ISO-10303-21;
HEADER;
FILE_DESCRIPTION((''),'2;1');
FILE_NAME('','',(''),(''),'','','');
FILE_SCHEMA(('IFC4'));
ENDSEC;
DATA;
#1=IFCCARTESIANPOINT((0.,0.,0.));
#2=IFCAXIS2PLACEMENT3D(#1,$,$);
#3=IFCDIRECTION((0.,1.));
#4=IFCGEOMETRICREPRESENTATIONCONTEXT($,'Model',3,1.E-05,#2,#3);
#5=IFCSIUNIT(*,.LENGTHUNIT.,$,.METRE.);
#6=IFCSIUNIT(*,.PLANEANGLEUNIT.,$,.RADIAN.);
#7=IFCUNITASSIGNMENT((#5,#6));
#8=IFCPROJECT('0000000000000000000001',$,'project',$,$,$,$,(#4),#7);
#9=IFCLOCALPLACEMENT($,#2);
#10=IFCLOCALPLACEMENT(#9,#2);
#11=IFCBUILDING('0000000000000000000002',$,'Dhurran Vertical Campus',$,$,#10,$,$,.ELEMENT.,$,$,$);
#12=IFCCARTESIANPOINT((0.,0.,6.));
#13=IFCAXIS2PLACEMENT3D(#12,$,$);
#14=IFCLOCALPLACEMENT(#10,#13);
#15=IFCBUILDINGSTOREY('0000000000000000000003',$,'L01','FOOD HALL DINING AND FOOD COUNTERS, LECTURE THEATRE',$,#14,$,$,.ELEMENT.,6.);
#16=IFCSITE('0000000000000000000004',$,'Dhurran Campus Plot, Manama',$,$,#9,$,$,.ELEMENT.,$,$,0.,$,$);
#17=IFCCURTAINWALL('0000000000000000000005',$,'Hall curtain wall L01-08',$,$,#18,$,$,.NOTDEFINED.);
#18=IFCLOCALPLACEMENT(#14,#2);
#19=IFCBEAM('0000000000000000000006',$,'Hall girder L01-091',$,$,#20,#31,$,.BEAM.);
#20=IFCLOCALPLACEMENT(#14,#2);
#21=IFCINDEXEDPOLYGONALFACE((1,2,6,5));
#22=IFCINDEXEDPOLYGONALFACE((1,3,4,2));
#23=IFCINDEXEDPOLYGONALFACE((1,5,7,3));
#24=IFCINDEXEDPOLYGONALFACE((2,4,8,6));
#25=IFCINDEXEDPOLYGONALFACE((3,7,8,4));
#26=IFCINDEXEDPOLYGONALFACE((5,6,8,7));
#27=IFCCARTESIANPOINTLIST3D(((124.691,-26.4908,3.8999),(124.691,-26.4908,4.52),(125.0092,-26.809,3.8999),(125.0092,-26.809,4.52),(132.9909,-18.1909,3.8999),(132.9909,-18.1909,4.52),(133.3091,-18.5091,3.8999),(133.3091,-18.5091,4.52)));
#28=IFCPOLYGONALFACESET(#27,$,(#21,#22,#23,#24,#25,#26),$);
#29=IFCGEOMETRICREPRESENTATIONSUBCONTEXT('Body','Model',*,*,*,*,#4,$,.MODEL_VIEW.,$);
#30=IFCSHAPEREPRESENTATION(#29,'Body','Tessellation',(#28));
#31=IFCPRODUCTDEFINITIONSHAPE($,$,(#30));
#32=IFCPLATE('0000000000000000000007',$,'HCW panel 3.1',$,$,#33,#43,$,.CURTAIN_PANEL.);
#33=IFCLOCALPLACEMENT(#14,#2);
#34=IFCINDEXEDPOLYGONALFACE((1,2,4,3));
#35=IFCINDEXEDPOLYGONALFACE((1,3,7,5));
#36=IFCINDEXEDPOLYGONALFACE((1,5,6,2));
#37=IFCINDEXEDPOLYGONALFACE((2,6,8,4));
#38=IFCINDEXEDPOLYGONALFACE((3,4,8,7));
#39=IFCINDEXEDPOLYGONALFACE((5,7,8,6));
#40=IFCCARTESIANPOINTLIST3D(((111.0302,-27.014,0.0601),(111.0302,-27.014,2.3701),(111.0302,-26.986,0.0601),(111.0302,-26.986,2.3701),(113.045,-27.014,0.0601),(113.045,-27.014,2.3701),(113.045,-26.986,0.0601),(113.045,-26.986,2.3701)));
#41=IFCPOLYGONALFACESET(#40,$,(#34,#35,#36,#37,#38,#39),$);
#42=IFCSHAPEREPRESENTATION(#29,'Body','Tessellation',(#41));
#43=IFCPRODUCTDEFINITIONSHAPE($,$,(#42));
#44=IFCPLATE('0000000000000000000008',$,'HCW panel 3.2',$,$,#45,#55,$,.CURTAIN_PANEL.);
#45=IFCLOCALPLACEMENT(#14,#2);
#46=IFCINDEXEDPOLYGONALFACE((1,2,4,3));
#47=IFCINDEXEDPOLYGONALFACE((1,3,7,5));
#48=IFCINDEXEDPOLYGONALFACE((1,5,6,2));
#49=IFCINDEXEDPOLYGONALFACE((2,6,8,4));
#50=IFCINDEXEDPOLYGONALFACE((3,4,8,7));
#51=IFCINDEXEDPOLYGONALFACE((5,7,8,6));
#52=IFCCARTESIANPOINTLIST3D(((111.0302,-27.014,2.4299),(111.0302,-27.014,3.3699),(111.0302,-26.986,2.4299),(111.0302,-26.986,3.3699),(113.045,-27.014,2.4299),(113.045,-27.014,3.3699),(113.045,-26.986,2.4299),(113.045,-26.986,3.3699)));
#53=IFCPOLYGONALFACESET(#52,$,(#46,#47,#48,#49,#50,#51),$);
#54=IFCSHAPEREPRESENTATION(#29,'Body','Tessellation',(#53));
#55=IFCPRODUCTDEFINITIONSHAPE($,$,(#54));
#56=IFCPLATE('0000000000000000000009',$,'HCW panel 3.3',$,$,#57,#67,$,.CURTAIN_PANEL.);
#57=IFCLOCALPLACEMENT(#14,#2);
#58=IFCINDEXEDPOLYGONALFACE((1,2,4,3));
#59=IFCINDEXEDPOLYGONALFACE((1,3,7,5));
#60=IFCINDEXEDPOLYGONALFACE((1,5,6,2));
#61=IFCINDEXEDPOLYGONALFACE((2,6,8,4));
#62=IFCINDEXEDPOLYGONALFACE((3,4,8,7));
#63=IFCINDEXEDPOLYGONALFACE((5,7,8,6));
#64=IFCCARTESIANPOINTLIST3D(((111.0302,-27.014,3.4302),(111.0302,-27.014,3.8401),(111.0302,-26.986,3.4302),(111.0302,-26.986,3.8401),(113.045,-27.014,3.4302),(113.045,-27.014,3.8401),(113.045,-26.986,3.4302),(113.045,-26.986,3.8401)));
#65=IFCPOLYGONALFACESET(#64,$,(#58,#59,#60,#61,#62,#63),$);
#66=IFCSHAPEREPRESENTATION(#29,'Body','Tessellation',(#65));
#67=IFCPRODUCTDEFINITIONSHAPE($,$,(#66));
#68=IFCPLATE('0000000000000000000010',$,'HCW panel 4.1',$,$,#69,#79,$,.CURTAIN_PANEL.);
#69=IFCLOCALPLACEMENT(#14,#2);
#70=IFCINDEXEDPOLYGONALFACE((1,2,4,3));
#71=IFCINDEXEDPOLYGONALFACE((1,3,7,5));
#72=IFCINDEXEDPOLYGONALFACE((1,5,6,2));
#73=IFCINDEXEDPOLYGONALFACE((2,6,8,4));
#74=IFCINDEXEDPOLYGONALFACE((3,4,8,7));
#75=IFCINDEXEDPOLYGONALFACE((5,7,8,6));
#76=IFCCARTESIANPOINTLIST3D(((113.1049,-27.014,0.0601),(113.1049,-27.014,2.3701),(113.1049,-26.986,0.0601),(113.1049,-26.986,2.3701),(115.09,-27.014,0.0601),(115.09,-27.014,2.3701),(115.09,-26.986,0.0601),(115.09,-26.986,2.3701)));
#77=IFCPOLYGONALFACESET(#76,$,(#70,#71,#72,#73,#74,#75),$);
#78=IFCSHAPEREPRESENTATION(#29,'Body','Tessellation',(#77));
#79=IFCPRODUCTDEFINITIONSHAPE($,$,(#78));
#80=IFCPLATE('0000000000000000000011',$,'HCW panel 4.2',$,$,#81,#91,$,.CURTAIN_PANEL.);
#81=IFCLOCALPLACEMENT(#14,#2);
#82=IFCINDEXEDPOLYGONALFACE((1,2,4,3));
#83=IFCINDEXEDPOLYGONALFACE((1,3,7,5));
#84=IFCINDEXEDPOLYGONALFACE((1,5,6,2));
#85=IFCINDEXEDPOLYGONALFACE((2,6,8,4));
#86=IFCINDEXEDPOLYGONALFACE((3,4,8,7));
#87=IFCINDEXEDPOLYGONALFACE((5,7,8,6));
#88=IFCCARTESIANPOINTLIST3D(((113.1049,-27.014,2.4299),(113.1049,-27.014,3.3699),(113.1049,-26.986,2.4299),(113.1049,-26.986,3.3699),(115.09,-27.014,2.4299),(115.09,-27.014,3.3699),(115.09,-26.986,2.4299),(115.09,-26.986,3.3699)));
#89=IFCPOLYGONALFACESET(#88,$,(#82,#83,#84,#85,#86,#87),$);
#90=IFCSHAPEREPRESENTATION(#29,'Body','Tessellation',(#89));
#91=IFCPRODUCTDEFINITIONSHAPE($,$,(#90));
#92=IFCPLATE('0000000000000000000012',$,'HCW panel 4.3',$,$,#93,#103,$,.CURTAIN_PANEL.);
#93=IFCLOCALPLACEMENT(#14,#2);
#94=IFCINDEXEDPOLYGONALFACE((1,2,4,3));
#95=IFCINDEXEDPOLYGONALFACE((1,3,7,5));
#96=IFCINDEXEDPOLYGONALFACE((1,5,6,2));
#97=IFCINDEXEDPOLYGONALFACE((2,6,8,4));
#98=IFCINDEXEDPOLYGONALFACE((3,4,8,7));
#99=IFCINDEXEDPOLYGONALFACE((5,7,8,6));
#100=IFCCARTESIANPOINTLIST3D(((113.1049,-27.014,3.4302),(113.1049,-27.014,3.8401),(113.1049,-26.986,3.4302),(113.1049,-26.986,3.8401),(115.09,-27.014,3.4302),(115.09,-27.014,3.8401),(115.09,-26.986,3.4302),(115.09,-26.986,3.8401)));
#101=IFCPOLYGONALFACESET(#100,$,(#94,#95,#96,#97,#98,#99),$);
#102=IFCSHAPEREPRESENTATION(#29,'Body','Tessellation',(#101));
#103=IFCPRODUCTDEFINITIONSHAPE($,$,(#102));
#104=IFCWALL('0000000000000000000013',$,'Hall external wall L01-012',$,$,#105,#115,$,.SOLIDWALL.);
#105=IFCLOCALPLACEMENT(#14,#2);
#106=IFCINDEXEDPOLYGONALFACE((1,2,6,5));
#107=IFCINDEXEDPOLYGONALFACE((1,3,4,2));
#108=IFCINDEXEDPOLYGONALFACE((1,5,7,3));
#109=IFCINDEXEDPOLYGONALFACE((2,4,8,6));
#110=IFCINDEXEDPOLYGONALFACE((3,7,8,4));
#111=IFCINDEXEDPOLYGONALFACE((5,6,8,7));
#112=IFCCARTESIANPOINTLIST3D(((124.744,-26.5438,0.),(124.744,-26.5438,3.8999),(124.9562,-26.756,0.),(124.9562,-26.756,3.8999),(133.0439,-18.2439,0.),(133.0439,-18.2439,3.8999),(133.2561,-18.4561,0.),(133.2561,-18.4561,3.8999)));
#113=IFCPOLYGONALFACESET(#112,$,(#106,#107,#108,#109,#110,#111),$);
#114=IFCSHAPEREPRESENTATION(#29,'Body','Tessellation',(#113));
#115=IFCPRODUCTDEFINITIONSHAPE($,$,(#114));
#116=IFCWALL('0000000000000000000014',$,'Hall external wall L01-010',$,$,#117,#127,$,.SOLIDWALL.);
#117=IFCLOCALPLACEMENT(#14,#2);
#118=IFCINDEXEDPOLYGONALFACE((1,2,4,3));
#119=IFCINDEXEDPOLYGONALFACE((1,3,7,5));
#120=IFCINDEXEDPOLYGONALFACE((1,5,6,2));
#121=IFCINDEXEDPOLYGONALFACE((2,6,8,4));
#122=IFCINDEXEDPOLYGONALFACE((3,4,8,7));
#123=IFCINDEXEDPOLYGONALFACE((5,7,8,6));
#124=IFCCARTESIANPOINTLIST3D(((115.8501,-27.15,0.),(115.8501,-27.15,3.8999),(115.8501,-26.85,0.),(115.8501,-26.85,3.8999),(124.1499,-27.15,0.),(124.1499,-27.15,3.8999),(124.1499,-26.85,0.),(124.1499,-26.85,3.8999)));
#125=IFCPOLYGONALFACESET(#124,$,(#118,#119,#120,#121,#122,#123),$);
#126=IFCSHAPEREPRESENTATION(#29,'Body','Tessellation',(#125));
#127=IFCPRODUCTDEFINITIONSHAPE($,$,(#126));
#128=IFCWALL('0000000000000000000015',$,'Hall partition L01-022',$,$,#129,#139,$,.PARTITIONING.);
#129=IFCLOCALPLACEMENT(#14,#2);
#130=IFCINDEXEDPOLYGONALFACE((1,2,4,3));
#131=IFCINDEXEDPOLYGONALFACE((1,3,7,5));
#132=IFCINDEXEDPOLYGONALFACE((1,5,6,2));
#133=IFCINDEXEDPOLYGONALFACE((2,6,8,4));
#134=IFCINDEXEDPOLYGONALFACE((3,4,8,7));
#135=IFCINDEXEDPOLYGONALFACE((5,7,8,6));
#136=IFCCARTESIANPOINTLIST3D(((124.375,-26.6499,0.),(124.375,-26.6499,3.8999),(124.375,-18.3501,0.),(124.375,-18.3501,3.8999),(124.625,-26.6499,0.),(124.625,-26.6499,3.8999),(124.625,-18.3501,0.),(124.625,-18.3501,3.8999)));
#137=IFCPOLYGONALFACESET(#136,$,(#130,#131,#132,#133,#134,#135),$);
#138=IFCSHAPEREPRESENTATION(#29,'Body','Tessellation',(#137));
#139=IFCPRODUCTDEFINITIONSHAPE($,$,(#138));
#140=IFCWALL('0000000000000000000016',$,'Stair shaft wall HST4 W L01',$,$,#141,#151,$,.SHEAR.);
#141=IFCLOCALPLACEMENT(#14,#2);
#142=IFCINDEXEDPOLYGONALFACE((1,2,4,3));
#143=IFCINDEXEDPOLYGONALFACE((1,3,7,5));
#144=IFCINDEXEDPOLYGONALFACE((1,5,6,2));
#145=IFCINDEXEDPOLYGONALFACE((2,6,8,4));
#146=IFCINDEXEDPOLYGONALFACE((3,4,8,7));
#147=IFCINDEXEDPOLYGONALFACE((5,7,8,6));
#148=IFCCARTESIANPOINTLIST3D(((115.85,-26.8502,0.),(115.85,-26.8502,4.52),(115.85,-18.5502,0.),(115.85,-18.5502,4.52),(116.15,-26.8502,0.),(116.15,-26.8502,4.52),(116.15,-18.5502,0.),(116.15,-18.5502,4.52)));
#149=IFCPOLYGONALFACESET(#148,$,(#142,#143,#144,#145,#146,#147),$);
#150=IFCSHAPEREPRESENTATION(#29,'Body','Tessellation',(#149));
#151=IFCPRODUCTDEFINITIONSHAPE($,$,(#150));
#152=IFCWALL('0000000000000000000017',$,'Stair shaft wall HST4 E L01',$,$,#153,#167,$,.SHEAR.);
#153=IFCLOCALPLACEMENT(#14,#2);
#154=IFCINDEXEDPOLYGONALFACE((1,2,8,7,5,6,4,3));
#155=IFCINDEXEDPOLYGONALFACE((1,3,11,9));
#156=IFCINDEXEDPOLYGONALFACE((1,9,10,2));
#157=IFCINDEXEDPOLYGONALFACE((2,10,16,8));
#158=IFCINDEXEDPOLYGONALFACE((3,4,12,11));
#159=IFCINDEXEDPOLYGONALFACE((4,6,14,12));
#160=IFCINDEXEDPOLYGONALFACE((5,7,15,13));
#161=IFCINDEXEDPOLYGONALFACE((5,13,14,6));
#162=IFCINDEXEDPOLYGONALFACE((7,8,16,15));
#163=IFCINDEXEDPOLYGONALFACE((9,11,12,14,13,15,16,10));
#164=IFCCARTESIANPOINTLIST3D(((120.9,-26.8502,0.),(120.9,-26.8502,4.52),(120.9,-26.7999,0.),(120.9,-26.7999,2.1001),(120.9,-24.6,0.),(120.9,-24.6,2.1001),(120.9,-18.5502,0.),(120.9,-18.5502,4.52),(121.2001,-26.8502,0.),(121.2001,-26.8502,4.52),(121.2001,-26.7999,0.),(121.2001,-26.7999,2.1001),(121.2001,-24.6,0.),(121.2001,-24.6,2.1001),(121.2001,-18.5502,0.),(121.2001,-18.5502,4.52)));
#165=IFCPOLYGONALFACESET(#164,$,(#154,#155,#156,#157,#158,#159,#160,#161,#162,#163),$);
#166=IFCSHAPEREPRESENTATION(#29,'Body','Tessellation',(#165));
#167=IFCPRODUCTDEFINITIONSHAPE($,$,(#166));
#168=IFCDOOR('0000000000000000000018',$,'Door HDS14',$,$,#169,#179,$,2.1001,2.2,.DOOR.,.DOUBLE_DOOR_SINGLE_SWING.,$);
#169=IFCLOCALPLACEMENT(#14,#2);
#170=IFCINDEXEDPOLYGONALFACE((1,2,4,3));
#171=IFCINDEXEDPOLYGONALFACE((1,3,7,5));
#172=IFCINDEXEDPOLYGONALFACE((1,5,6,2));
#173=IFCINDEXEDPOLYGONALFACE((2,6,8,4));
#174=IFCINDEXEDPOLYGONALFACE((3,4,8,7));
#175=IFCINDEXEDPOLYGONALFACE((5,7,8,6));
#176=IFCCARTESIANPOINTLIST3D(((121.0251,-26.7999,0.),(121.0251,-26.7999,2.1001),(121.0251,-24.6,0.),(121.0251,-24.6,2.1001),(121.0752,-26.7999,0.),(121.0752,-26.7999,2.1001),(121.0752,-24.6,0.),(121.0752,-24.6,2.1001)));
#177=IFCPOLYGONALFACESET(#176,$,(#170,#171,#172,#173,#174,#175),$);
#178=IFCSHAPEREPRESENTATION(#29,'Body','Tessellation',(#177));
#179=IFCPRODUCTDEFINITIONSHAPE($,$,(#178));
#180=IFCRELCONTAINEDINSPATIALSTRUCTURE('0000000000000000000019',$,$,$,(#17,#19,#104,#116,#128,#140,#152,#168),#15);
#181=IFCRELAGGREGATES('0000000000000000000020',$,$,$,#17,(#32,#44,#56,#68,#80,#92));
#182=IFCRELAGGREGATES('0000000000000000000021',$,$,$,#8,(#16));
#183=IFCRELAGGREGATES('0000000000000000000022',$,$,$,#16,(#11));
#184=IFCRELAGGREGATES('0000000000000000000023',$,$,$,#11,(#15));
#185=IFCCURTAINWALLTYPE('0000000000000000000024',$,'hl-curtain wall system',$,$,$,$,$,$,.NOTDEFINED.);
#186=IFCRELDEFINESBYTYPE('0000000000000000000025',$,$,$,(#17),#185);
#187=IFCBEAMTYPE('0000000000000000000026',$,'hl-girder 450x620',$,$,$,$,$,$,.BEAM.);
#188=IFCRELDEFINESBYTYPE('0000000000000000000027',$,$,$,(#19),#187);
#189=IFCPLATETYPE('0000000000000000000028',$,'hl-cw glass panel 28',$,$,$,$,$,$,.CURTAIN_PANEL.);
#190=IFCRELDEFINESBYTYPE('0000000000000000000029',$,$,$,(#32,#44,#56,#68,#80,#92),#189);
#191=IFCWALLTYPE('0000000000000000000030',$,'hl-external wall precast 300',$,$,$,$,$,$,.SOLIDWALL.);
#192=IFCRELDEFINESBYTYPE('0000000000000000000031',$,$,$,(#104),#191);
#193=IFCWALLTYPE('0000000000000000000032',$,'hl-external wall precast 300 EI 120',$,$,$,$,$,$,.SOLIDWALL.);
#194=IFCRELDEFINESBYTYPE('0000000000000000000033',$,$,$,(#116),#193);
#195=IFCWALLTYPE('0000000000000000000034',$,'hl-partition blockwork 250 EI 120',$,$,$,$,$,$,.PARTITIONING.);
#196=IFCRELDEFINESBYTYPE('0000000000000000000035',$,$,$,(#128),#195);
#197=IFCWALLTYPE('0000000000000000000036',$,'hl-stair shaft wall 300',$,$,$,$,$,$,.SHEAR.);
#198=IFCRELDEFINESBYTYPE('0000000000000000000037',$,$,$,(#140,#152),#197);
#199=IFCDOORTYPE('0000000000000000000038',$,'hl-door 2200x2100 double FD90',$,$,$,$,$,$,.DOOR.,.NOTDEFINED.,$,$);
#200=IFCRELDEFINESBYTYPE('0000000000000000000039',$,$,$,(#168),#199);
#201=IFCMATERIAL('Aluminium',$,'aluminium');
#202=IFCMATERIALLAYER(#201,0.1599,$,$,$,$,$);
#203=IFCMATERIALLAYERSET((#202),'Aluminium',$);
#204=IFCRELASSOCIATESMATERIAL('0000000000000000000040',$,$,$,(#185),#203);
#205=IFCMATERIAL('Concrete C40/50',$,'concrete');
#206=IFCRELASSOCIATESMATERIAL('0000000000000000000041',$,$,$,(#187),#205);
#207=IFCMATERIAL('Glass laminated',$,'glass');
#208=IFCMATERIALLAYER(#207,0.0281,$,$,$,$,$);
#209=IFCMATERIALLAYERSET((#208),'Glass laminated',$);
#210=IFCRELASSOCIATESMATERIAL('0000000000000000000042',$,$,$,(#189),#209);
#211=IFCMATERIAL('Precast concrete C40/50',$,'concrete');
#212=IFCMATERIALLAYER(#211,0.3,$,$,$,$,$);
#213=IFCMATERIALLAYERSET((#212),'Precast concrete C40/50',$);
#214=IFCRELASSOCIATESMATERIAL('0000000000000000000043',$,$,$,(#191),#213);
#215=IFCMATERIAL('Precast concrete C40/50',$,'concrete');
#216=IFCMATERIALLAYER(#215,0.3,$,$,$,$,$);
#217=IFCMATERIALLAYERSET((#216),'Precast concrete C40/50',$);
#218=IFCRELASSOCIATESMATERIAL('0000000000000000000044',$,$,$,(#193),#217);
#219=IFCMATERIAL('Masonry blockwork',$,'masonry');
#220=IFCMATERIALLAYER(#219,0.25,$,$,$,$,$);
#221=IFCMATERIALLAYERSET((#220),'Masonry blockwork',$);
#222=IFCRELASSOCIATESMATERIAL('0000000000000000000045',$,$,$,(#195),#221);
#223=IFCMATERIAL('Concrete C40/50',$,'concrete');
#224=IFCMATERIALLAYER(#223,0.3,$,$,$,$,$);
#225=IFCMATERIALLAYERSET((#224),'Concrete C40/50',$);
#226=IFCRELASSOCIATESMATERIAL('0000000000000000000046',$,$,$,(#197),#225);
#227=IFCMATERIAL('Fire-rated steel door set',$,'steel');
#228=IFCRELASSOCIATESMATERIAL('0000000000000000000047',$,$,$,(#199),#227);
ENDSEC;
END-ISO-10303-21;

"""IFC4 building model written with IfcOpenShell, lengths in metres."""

from ifc_helpers import new_model, si_unit, direction, frame, frame_2d, origin, origin_2d, place, context, subcontext, project, spatial, rectangle, extrude, material, layer, layer_set, material_profile, profile_set, type_object, element, fill, aggregate, save


model = new_model("IFC4")

# Units and contexts
model_context = context("Model", 3, precision=1e-05, world=origin(), true_north=direction((0.0, 1.0)))
body_context = subcontext(model_context, "Body", "Model", "MODEL_VIEW")
ifc_project = project(units=[si_unit("LENGTHUNIT", "METRE"), si_unit("PLANEANGLEUNIT", "RADIAN")], contexts=[model_context])

# Site, building, storey
site_placement = place(None, origin())
site = spatial("IfcSite", under=ifc_project, at=site_placement, Name="Dhurran Campus Plot, Manama", CompositionType="ELEMENT", RefElevation=0.0)
building_placement = place(site_placement, origin())
building = spatial("IfcBuilding", under=site, at=building_placement, Name="Dhurran Vertical Campus", CompositionType="ELEMENT")
storey_placement = place(building_placement, frame((0.0, 0.0, 6.0)))
storey = spatial("IfcBuildingStorey", under=building, at=storey_placement, Name="L01", Description="FOOD HALL DINING AND FOOD COUNTERS, LECTURE THEATRE", CompositionType="ELEMENT", Elevation=6.0)

# Curtain wall
ifc_material_1 = material(Name="Aluminium", Category="aluminium")
ifc_layer_1 = layer(ifc_material_1, 0.1599)
ifc_layer_set_1 = layer_set([ifc_layer_1], Name="Aluminium")
curtain_wall_type = type_object("IfcCurtainWallType", Name="hl-curtain wall system", PredefinedType="NOTDEFINED", material=ifc_layer_set_1)
curtain_wall_placement = place(storey_placement, origin())
curtain_wall = element("IfcCurtainWall", 1, at=curtain_wall_placement, inside=storey, type_object=curtain_wall_type, Name="Hall curtain wall L01-08", PredefinedType="NOTDEFINED")

# Beam
ifc_material_2 = material(Name="Concrete C40/50", Category="concrete")
ifc_material_profile_1 = material_profile(ifc_material_2, rectangle(XDim=0.45, YDim=0.6201, at=origin_2d()), Name="hl-girder 450x620")
ifc_profile_set_1 = profile_set([ifc_material_profile_1], Name="Concrete C40/50")
beam_type = type_object("IfcBeamType", Name="hl-girder 450x620", PredefinedType="BEAM", material=ifc_profile_set_1)
beam_placement = place(storey_placement, frame((124.8501, -26.6499, 4.21), z_axis=(0.707107, 0.707107, 0.0), x_axis=(-0.707107, 0.707107, 0.0)))
element("IfcBeam", 2, at=beam_placement, inside=storey, type_object=beam_type, Name="Hall girder L01-091", PredefinedType="BEAM", context=body_context, shape_type="SweptSolid", body=[
    extrude(rectangle(XDim=0.45, YDim=0.6201, at=origin_2d()), origin(), (0.0, 0.0, 1.0), 11.7378),
])

# Plates
ifc_material_3 = material(Name="Glass laminated", Category="glass")
ifc_layer_2 = layer(ifc_material_3, 0.0281)
ifc_layer_set_2 = layer_set([ifc_layer_2], Name="Glass laminated")
plate_type = type_object("IfcPlateType", Name="hl-cw glass panel 28", PredefinedType="CURTAIN_PANEL", material=ifc_layer_set_2)
plate_1_placement = place(storey_placement, frame((112.0376, -27.0, 0.0601), z_axis=(0.0, 0.0, 1.0), x_axis=(1.0, 0.0, 0.0)))
plate_1 = element("IfcPlate", 3, at=plate_1_placement, type_object=plate_type, Name="HCW panel 3.1", PredefinedType="CURTAIN_PANEL", context=body_context, shape_type="SweptSolid", body=[
    extrude(rectangle(XDim=2.0149, YDim=0.0281, at=origin_2d()), origin(), (0.0, 0.0, 1.0), 2.3101),
])
plate_2_placement = place(storey_placement, frame((112.0376, -27.0, 2.4299), z_axis=(0.0, 0.0, 1.0), x_axis=(1.0, 0.0, 0.0)))
plate_2 = element("IfcPlate", 4, at=plate_2_placement, type_object=plate_type, Name="HCW panel 3.2", PredefinedType="CURTAIN_PANEL", context=body_context, shape_type="SweptSolid", body=[
    extrude(rectangle(XDim=2.0149, YDim=0.0281, at=origin_2d()), origin(), (0.0, 0.0, 1.0), 0.9399),
])
plate_3_placement = place(storey_placement, frame((112.0376, -27.0, 3.4302), z_axis=(0.0, 0.0, 1.0), x_axis=(1.0, 0.0, 0.0)))
plate_3 = element("IfcPlate", 5, at=plate_3_placement, type_object=plate_type, Name="HCW panel 3.3", PredefinedType="CURTAIN_PANEL", context=body_context, shape_type="SweptSolid", body=[
    extrude(rectangle(XDim=2.0149, YDim=0.0281, at=origin_2d()), origin(), (0.0, 0.0, 1.0), 0.4099),
])
plate_4_placement = place(storey_placement, frame((114.0974, -27.0, 0.0601), z_axis=(0.0, 0.0, 1.0), x_axis=(1.0, 0.0, 0.0)))
plate_4 = element("IfcPlate", 6, at=plate_4_placement, type_object=plate_type, Name="HCW panel 4.1", PredefinedType="CURTAIN_PANEL", context=body_context, shape_type="SweptSolid", body=[
    extrude(rectangle(XDim=1.9851, YDim=0.0281, at=origin_2d()), origin(), (0.0, 0.0, 1.0), 2.3101),
])
plate_5_placement = place(storey_placement, frame((114.0974, -27.0, 2.4299), z_axis=(0.0, 0.0, 1.0), x_axis=(1.0, 0.0, 0.0)))
plate_5 = element("IfcPlate", 7, at=plate_5_placement, type_object=plate_type, Name="HCW panel 4.2", PredefinedType="CURTAIN_PANEL", context=body_context, shape_type="SweptSolid", body=[
    extrude(rectangle(XDim=1.9851, YDim=0.0281, at=origin_2d()), origin(), (0.0, 0.0, 1.0), 0.9399),
])
plate_6_placement = place(storey_placement, frame((114.0974, -27.0, 3.4302), z_axis=(0.0, 0.0, 1.0), x_axis=(1.0, 0.0, 0.0)))
plate_6 = element("IfcPlate", 8, at=plate_6_placement, type_object=plate_type, Name="HCW panel 4.3", PredefinedType="CURTAIN_PANEL", context=body_context, shape_type="SweptSolid", body=[
    extrude(rectangle(XDim=1.9851, YDim=0.0281, at=origin_2d()), origin(), (0.0, 0.0, 1.0), 0.4099),
])
aggregate(curtain_wall, [plate_1, plate_2, plate_3, plate_4, plate_5, plate_6])

# Walls
ifc_material_4 = material(Name="Precast concrete C40/50", Category="concrete")
ifc_layer_3 = layer(ifc_material_4, 0.3)
ifc_layer_set_3 = layer_set([ifc_layer_3], Name="Precast concrete C40/50")
wall_type_1 = type_object("IfcWallType", Name="hl-external wall precast 300", PredefinedType="SOLIDWALL", material=ifc_layer_set_3)
wall_1_placement = place(storey_placement, frame((124.8501, -26.6499, 0.0), z_axis=(0.0, 0.0, 1.0), x_axis=(0.707107, 0.707107, 0.0)))
element("IfcWall", 9, at=wall_1_placement, inside=storey, type_object=wall_type_1, Name="Hall external wall L01-012", PredefinedType="SOLIDWALL", context=body_context, shape_type="SweptSolid", body=[
    extrude(rectangle(XDim=11.7378, YDim=0.3, at=frame_2d((5.8689, 0.0))), origin(), (0.0, 0.0, 1.0), 3.8999),
])
ifc_material_5 = material(Name="Precast concrete C40/50", Category="concrete")
ifc_layer_4 = layer(ifc_material_5, 0.3)
ifc_layer_set_4 = layer_set([ifc_layer_4], Name="Precast concrete C40/50")
wall_type_2 = type_object("IfcWallType", Name="hl-external wall precast 300 EI 120", PredefinedType="SOLIDWALL", material=ifc_layer_set_4)
wall_2_placement = place(storey_placement, frame((115.8501, -27.0, 0.0), z_axis=(0.0, 0.0, 1.0), x_axis=(1.0, 0.0, 0.0)))
element("IfcWall", 10, at=wall_2_placement, inside=storey, type_object=wall_type_2, Name="Hall external wall L01-010", PredefinedType="SOLIDWALL", context=body_context, shape_type="SweptSolid", body=[
    extrude(rectangle(XDim=8.2998, YDim=0.3, at=frame_2d((4.1499, 0.0))), origin(), (0.0, 0.0, 1.0), 3.8999),
])
ifc_material_6 = material(Name="Masonry blockwork", Category="masonry")
ifc_layer_5 = layer(ifc_material_6, 0.25)
ifc_layer_set_5 = layer_set([ifc_layer_5], Name="Masonry blockwork")
wall_type_3 = type_object("IfcWallType", Name="hl-partition blockwork 250 EI 120", PredefinedType="PARTITIONING", material=ifc_layer_set_5)
wall_3_placement = place(storey_placement, frame((124.5, -26.6499, 0.0), z_axis=(0.0, 0.0, 1.0), x_axis=(0.0, 1.0, 0.0)))
element("IfcWall", 11, at=wall_3_placement, inside=storey, type_object=wall_type_3, Name="Hall partition L01-022", PredefinedType="PARTITIONING", context=body_context, shape_type="SweptSolid", body=[
    extrude(rectangle(XDim=8.2998, YDim=0.25, at=frame_2d((4.1499, 0.0))), origin(), (0.0, 0.0, 1.0), 3.8999),
])
ifc_material_7 = material(Name="Concrete C40/50", Category="concrete")
ifc_layer_6 = layer(ifc_material_7, 0.3)
ifc_layer_set_6 = layer_set([ifc_layer_6], Name="Concrete C40/50")
wall_type_4 = type_object("IfcWallType", Name="hl-stair shaft wall 300", PredefinedType="SHEAR", material=ifc_layer_set_6)
wall_4_placement = place(storey_placement, frame((116.0, -26.8501, 0.0), z_axis=(0.0, 0.0, 1.0), x_axis=(0.0, 1.0, 0.0)))
element("IfcWall", 12, at=wall_4_placement, inside=storey, type_object=wall_type_4, Name="Stair shaft wall HST4 W L01", PredefinedType="SHEAR", context=body_context, shape_type="SweptSolid", body=[
    extrude(rectangle(XDim=8.3, YDim=0.3, at=frame_2d((4.1499, 0.0))), origin(), (0.0, 0.0, 1.0), 4.52),
])

# Wall, opening, door
wall_5_placement = place(storey_placement, frame((121.05, -26.8501, 0.0), z_axis=(0.0, 0.0, 1.0), x_axis=(0.0, 1.0, 0.0)))
wall_5 = element("IfcWall", 13, at=wall_5_placement, inside=storey, type_object=wall_type_4, Name="Stair shaft wall HST4 E L01", PredefinedType="SHEAR", context=body_context, shape_type="SweptSolid", body=[
    extrude(rectangle(XDim=8.3, YDim=0.3, at=frame_2d((4.1499, 0.0))), origin(), (0.0, 0.0, 1.0), 4.52),
])
opening_placement = place(wall_5_placement, frame((0.05, 0.0, 0.0)))
opening = element("IfcOpeningElement", 14, at=opening_placement, cuts=wall_5, PredefinedType="OPENING", context=body_context, shape_type="SweptSolid", body=[
    extrude(rectangle(XDim=2.2, YDim=2.1001, at=frame_2d((1.1001, 1.05))), frame((0.0, 0.1599, 0.0), z_axis=(0.0, -1.0, 0.0), x_axis=(1.0, 0.0, 0.0)), (0.0, 0.0, 1.0), 0.3201),
])
ifc_material_8 = material(Name="Fire-rated steel door set", Category="steel")
door_type = type_object("IfcDoorType", Name="hl-door 2200x2100 double FD90", OperationType="NOTDEFINED", PredefinedType="DOOR", material=ifc_material_8)
door_placement = place(opening_placement, origin())
door = element("IfcDoor", 15, at=door_placement, inside=storey, type_object=door_type, Name="Door HDS14", OperationType="DOUBLE_DOOR_SINGLE_SWING", OverallHeight=2.1001, OverallWidth=2.2, PredefinedType="DOOR", context=body_context, shape_type="SweptSolid", body=[
    extrude(rectangle(XDim=2.2, YDim=2.1001, at=frame_2d((1.1001, 1.05))), frame((0.0, 0.0249, 0.0), z_axis=(0.0, -1.0, 0.0), x_axis=(1.0, 0.0, 0.0)), (0.0, 0.0, 1.0), 0.05),
])
fill(opening, door)

save(model, "model.ifc")
